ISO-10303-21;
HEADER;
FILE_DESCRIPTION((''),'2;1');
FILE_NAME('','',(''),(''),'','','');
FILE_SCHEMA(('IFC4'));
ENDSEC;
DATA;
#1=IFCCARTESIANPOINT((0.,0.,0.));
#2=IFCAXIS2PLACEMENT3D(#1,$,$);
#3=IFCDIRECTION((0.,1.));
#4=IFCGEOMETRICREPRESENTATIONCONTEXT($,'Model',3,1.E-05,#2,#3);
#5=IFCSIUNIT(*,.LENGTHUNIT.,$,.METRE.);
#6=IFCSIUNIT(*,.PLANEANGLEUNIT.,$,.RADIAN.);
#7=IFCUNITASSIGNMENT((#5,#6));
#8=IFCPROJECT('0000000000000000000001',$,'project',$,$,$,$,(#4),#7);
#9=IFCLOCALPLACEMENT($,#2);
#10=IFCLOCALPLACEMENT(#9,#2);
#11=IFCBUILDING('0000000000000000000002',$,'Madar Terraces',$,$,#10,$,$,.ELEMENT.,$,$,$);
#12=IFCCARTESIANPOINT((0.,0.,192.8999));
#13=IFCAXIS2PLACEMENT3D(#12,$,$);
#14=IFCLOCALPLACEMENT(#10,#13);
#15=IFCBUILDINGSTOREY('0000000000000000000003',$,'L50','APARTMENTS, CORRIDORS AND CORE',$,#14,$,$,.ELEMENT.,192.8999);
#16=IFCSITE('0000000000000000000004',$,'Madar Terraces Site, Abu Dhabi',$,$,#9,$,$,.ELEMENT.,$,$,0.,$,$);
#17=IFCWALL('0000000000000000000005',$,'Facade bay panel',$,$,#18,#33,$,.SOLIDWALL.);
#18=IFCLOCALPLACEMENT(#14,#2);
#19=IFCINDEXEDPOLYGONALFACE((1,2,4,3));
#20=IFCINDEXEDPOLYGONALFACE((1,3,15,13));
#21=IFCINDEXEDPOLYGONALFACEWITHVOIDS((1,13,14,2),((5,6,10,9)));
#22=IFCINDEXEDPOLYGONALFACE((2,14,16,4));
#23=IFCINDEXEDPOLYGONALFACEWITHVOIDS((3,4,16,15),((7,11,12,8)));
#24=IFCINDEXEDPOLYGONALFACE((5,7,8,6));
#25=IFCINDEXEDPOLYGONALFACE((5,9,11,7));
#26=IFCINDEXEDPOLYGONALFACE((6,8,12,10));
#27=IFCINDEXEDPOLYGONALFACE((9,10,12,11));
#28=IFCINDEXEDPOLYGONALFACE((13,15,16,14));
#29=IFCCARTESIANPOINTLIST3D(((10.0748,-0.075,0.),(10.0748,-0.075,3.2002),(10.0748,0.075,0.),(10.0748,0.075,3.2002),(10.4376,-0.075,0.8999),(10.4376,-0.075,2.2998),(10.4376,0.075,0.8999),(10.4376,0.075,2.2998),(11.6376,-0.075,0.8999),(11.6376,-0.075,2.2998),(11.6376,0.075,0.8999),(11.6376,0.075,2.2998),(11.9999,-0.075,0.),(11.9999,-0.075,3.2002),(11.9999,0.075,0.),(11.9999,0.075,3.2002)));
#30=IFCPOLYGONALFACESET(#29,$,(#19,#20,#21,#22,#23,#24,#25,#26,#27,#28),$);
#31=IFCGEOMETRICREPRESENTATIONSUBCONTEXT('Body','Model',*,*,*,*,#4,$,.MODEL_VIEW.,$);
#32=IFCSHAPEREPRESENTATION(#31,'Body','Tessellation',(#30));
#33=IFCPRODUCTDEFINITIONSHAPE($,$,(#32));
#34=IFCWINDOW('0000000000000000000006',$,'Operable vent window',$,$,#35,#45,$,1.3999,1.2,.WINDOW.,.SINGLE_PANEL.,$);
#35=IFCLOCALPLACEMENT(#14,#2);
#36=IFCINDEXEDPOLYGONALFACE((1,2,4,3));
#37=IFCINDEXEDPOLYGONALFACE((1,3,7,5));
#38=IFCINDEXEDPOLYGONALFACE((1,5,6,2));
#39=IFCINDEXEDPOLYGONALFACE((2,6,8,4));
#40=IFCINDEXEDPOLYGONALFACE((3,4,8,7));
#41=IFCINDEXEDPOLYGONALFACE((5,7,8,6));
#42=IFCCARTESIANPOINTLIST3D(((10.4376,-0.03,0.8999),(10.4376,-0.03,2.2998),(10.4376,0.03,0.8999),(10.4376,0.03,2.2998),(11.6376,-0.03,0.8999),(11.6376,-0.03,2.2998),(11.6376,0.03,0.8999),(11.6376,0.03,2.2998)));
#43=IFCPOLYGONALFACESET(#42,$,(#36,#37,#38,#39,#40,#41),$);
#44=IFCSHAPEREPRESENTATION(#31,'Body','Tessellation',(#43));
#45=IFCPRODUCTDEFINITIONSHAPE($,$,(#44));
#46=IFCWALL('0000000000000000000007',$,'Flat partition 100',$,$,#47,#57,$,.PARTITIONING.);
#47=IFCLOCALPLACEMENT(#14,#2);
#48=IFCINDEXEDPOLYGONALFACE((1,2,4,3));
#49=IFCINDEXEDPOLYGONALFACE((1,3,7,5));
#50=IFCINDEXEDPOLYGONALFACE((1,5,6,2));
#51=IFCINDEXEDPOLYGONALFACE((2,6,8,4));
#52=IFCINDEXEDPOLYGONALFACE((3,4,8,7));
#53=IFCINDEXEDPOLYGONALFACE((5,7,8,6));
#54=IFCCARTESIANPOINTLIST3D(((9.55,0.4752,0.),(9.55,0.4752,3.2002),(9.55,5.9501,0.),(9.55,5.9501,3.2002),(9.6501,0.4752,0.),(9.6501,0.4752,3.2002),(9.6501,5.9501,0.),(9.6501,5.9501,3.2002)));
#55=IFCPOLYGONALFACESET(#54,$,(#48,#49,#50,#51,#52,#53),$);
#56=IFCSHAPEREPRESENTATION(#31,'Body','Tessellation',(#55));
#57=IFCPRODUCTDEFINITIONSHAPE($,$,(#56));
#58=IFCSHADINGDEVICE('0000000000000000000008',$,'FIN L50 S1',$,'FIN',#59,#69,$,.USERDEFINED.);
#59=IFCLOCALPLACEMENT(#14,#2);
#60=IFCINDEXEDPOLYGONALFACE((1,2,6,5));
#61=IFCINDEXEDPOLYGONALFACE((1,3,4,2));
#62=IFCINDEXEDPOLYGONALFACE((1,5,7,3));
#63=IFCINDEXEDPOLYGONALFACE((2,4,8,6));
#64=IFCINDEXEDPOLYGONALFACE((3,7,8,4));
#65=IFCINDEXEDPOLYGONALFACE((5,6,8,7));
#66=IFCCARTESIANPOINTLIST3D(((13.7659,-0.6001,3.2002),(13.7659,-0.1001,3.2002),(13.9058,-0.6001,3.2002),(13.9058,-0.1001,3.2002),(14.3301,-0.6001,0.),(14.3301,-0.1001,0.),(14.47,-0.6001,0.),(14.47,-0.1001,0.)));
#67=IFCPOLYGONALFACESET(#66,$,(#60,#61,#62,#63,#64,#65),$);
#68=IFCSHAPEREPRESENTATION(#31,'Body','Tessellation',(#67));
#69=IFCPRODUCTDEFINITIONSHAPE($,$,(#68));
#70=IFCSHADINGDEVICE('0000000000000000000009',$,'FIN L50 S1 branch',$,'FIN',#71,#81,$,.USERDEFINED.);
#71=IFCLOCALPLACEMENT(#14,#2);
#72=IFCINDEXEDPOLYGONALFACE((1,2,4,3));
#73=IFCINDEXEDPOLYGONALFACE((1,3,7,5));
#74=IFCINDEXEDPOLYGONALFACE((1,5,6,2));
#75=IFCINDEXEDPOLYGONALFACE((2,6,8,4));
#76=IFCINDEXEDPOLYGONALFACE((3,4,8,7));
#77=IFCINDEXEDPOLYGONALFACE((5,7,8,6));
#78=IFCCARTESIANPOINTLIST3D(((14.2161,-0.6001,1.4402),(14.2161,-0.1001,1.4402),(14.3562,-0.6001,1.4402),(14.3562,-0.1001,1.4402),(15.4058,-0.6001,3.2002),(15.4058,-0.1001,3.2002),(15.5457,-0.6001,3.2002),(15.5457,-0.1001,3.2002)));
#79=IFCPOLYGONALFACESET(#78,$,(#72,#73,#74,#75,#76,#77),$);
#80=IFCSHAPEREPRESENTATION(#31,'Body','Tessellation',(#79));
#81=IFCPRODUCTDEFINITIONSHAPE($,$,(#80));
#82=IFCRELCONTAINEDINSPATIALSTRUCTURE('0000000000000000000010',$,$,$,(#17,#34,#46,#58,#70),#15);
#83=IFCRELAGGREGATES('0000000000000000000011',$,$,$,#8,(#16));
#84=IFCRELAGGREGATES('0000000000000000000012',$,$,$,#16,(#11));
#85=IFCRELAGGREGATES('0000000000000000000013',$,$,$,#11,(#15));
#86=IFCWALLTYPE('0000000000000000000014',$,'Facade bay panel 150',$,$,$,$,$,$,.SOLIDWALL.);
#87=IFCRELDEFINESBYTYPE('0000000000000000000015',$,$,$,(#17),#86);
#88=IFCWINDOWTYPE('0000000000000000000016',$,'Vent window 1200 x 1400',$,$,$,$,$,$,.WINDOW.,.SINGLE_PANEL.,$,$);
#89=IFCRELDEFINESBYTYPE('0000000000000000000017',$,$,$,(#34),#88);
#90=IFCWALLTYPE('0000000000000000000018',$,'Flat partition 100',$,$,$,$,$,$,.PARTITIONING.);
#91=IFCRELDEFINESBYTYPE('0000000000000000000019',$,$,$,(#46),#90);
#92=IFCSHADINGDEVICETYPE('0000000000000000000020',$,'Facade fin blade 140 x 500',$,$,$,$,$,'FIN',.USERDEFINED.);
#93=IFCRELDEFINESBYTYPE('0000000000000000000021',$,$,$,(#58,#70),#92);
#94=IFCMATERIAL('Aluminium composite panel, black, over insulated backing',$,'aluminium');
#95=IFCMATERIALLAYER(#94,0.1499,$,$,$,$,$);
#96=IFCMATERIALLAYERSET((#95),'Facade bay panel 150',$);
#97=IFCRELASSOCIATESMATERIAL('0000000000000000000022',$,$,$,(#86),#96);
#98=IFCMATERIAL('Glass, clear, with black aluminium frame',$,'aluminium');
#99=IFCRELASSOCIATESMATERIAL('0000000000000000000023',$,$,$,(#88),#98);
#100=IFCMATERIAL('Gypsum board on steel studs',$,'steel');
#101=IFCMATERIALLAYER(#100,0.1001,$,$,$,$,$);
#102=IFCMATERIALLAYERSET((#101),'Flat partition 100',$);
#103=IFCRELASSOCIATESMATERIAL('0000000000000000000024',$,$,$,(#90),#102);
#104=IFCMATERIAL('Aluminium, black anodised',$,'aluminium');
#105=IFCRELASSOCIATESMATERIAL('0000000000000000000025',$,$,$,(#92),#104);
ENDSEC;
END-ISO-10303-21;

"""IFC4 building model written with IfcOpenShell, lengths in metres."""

from ifc_helpers import new_model, si_unit, direction, frame, frame_2d, origin, place, context, subcontext, project, spatial, polyline, rectangle, outline, extrude, material, layer, layer_set, type_object, element, fill, save


model = new_model("IFC4")

# Units and contexts
model_context = context("Model", 3, precision=1e-05, world=origin(), true_north=direction((0.0, 1.0)))
body_context = subcontext(model_context, "Body", "Model", "MODEL_VIEW")
ifc_project = project(units=[si_unit("LENGTHUNIT", "METRE"), si_unit("PLANEANGLEUNIT", "RADIAN")], contexts=[model_context])

# Site, building, storey
site_placement = place(None, origin())
site = spatial("IfcSite", under=ifc_project, at=site_placement, Name="Madar Terraces Site, Abu Dhabi", CompositionType="ELEMENT", RefElevation=0.0)
building_placement = place(site_placement, origin())
building = spatial("IfcBuilding", under=site, at=building_placement, Name="Madar Terraces", CompositionType="ELEMENT")
storey_placement = place(building_placement, frame((0.0, 0.0, 192.8999)))
storey = spatial("IfcBuildingStorey", under=building, at=storey_placement, Name="L50", Description="APARTMENTS, CORRIDORS AND CORE", CompositionType="ELEMENT", Elevation=192.8999)

# Wall, opening, window
ifc_material_1 = material(Name="Aluminium composite panel, black, over insulated backing", Category="aluminium")
ifc_layer_1 = layer(ifc_material_1, 0.1499)
ifc_layer_set_1 = layer_set([ifc_layer_1], Name="Facade bay panel 150")
wall_type_1 = type_object("IfcWallType", Name="Facade bay panel 150", PredefinedType="SOLIDWALL", material=ifc_layer_set_1)
wall_1_placement = place(storey_placement, frame((10.075, 0.0, 0.0), z_axis=(0.0, 0.0, 1.0), x_axis=(1.0, 0.0, 0.0)))
wall_1 = element("IfcWall", 1, at=wall_1_placement, inside=storey, type_object=wall_type_1, Name="Facade bay panel", PredefinedType="SOLIDWALL", context=body_context, shape_type="SweptSolid", body=[
    extrude(rectangle(XDim=1.925, YDim=0.1499, at=frame_2d((0.9624, 0.0))), origin(), (0.0, 0.0, 1.0), 3.2002),
])
opening_1_placement = place(wall_1_placement, frame((0.3625, 0.0, 0.8999)))
opening_1 = element("IfcOpeningElement", 2, at=opening_1_placement, cuts=wall_1, PredefinedType="OPENING", context=body_context, shape_type="SweptSolid", body=[
    extrude(rectangle(XDim=1.2, YDim=1.3999, at=frame_2d((0.6001, 0.7))), frame((0.0, 0.085, 0.0), z_axis=(0.0, -1.0, 0.0), x_axis=(1.0, 0.0, 0.0)), (0.0, 0.0, 1.0), 0.1699),
])
ifc_material_2 = material(Name="Glass, clear, with black aluminium frame", Category="aluminium")
window_type = type_object("IfcWindowType", Name="Vent window 1200 x 1400", PartitioningType="SINGLE_PANEL", PredefinedType="WINDOW", material=ifc_material_2)
window_placement = place(opening_1_placement, origin())
window = element("IfcWindow", 3, at=window_placement, inside=storey, type_object=window_type, Name="Operable vent window", OverallHeight=1.3999, OverallWidth=1.2, PartitioningType="SINGLE_PANEL", PredefinedType="WINDOW", context=body_context, shape_type="SweptSolid", body=[
    extrude(rectangle(XDim=1.2, YDim=1.3999, at=frame_2d((0.6001, 0.7))), frame((0.0, 0.03, 0.0), z_axis=(0.0, -1.0, 0.0), x_axis=(1.0, 0.0, 0.0)), (0.0, 0.0, 1.0), 0.0601),
])
fill(opening_1, window)

# Wall
ifc_material_3 = material(Name="Gypsum board on steel studs", Category="steel")
ifc_layer_2 = layer(ifc_material_3, 0.1001)
ifc_layer_set_2 = layer_set([ifc_layer_2], Name="Flat partition 100")
wall_type_2 = type_object("IfcWallType", Name="Flat partition 100", PredefinedType="PARTITIONING", material=ifc_layer_set_2)
wall_2_placement = place(storey_placement, frame((9.6001, 5.95, 0.0), z_axis=(0.0, 0.0, 1.0), x_axis=(0.0, -1.0, 0.0)))
element("IfcWall", 4, at=wall_2_placement, inside=storey, type_object=wall_type_2, Name="Flat partition 100", PredefinedType="PARTITIONING", context=body_context, shape_type="SweptSolid", body=[
    extrude(rectangle(XDim=5.4749, YDim=0.1001, at=frame_2d((2.7373, 0.0))), origin(), (0.0, 0.0, 1.0), 3.2002),
])

# Shading devices
ifc_material_4 = material(Name="Aluminium, black anodised", Category="aluminium")
shading_device_type = type_object("IfcShadingDeviceType", Name="Facade fin blade 140 x 500", ElementType="FIN", PredefinedType="USERDEFINED", material=ifc_material_4)
shading_device_1_placement = place(storey_placement, frame((14.3301, -0.3501, 0.0), z_axis=(0.0, 0.0, 1.0), x_axis=(1.0, 0.0, 0.0)))
element("IfcShadingDevice", 5, at=shading_device_1_placement, inside=storey, type_object=shading_device_type, Name="FIN L50 S1", ObjectType="FIN", PredefinedType="USERDEFINED", context=body_context, shape_type="SweptSolid", body=[
    extrude(outline(polyline([(0.0, 0.0), (0.1399, 0.0), (-0.4243, 3.2002), (-0.5642, 3.2002), (0.0, 0.0)])), frame((0.0, 0.25, 0.0), z_axis=(0.0, -1.0, 0.0), x_axis=(1.0, 0.0, 0.0)), (0.0, 0.0, 1.0), 0.5),
])
shading_device_2_placement = place(storey_placement, frame((14.2161, -0.3501, 1.4402), z_axis=(0.0, 0.0, 1.0), x_axis=(1.0, 0.0, 0.0)))
element("IfcShadingDevice", 6, at=shading_device_2_placement, inside=storey, type_object=shading_device_type, Name="FIN L50 S1 branch", ObjectType="FIN", PredefinedType="USERDEFINED", context=body_context, shape_type="SweptSolid", body=[
    extrude(outline(polyline([(0.0, 0.0), (0.1401, 0.0), (1.3296, 1.76), (1.1897, 1.76), (0.0, 0.0)])), frame((0.0, 0.25, 0.0), z_axis=(0.0, -1.0, 0.0), x_axis=(1.0, 0.0, 0.0)), (0.0, 0.0, 1.0), 0.5),
])

save(model, "model.ifc")
